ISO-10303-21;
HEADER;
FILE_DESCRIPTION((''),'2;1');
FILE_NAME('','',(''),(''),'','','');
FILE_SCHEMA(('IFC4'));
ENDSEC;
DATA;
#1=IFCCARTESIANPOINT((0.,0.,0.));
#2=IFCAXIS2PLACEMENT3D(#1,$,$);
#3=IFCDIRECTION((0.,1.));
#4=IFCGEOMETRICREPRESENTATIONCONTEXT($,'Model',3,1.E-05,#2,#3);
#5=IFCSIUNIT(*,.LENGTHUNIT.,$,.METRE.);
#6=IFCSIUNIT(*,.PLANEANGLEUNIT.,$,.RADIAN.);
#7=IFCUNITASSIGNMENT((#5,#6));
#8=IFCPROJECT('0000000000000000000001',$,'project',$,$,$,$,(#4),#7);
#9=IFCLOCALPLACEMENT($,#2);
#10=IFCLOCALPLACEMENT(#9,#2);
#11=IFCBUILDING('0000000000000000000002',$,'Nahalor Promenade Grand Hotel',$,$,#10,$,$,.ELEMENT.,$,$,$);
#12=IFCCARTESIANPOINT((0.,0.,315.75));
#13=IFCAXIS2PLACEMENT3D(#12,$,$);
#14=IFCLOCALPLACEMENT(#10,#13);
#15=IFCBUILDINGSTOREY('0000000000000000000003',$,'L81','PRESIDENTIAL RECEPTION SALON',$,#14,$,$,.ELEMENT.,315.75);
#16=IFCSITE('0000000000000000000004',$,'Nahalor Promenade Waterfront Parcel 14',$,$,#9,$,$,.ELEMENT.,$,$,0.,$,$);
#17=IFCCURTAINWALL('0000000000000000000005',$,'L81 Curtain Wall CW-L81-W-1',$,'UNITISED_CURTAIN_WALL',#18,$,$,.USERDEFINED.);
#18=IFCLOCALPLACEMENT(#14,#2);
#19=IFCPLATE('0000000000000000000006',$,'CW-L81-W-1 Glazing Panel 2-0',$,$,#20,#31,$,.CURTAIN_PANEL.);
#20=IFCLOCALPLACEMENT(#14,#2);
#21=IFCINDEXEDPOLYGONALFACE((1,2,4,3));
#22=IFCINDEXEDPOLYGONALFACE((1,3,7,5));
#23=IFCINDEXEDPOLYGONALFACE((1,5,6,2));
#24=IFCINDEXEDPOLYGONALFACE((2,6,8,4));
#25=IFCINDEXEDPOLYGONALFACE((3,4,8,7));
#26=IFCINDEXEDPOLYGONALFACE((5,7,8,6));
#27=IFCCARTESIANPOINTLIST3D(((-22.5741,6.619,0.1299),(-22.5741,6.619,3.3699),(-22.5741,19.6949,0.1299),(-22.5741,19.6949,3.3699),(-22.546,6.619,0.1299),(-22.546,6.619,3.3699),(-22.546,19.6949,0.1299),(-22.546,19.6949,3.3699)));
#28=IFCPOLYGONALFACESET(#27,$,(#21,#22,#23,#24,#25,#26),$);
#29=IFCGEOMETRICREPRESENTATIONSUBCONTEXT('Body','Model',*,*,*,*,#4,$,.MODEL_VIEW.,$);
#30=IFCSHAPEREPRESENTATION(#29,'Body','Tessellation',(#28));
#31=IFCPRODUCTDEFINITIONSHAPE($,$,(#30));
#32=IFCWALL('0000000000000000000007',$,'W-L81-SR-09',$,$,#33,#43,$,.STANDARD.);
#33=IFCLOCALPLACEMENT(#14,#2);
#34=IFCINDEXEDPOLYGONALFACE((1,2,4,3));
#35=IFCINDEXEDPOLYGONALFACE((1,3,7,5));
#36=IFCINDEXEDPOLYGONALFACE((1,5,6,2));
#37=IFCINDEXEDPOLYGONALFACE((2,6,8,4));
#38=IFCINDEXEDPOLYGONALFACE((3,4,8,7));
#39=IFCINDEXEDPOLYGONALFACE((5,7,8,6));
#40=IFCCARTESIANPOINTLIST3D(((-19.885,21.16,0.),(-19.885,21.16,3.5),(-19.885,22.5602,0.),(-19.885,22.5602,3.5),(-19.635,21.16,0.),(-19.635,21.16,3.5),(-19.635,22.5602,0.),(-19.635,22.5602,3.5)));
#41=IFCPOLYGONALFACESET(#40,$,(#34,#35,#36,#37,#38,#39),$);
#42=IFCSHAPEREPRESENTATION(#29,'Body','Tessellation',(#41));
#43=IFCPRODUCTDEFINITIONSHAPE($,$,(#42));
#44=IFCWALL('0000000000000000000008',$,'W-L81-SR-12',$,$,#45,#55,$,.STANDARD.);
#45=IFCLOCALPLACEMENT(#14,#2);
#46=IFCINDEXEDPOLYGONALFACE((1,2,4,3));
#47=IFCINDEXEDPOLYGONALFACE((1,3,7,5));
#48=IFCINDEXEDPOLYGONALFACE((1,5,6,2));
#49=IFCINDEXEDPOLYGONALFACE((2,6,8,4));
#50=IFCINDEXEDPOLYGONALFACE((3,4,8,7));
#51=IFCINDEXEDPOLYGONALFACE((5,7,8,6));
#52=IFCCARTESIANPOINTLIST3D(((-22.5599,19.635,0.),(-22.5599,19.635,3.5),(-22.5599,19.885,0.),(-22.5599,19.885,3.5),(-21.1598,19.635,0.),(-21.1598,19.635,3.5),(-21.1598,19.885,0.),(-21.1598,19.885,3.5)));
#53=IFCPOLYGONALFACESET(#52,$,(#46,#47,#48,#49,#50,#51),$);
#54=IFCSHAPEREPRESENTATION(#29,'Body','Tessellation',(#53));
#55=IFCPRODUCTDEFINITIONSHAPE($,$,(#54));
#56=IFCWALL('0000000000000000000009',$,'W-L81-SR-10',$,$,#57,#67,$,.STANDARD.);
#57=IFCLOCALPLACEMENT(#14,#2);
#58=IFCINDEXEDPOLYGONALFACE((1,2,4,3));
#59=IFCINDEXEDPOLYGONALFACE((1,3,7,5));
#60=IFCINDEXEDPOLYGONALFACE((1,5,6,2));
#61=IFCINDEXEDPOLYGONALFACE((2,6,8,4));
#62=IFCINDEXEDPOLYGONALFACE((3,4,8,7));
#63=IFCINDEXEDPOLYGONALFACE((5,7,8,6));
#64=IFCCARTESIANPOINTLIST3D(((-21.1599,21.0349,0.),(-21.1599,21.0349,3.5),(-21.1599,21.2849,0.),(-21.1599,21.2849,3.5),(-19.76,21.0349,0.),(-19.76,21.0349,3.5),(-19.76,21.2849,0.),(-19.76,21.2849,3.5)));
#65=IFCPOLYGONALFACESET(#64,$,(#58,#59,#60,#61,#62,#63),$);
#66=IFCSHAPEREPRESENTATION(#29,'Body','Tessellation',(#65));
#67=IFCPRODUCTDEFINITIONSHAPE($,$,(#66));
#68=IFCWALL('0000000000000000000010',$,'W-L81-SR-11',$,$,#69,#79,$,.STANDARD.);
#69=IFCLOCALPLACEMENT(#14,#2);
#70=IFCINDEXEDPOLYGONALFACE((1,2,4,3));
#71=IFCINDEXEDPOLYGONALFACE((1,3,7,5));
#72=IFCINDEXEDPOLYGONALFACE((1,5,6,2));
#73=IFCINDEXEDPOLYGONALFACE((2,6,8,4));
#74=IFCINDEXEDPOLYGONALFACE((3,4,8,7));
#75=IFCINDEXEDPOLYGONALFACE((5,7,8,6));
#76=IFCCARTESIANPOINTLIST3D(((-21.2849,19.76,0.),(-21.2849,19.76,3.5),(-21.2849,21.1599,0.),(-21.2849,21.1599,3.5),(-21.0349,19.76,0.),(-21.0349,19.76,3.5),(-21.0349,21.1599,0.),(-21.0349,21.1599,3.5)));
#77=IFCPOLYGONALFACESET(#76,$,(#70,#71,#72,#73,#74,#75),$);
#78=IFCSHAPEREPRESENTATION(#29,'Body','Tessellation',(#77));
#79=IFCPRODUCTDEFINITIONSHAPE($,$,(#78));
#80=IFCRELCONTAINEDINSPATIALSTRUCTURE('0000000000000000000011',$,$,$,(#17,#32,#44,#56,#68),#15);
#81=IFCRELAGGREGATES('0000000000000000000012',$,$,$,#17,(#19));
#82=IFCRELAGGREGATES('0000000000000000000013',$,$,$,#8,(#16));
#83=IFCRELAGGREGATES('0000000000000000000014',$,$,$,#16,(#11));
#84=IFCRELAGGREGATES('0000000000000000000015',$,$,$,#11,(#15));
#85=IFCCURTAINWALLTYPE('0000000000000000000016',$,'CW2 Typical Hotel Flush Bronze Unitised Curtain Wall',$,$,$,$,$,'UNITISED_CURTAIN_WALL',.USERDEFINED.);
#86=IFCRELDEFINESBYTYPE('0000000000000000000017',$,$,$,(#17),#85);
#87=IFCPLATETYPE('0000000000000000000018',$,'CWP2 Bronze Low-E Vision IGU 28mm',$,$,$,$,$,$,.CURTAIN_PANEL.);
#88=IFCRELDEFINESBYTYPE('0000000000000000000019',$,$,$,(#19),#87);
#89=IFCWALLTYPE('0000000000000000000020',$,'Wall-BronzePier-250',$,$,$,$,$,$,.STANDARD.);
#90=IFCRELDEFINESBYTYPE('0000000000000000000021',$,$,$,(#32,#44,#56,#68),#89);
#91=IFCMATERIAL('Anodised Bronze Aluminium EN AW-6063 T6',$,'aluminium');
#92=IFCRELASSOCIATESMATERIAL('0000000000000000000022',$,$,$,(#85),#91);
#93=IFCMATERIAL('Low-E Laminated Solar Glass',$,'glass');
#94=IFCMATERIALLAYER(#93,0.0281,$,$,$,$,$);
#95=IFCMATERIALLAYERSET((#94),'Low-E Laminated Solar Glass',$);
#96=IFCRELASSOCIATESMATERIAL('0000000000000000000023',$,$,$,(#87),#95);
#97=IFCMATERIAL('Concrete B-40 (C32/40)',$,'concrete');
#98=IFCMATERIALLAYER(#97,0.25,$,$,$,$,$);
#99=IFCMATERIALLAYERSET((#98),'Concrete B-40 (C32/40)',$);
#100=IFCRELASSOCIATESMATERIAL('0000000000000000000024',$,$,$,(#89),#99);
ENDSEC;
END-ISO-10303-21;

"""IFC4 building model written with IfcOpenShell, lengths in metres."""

from ifc_helpers import new_model, si_unit, direction, frame, frame_2d, origin, origin_2d, place, context, subcontext, project, spatial, rectangle, extrude, source, transform, mapped, material, layer, layer_set, type_object, element, aggregate, save


model = new_model("IFC4")

# Units and contexts
model_context = context("Model", 3, precision=1e-05, world=origin(), true_north=direction((0.0, 1.0)))
body_context = subcontext(model_context, "Body", "Model", "MODEL_VIEW")
ifc_project = project(units=[si_unit("LENGTHUNIT", "METRE"), si_unit("PLANEANGLEUNIT", "RADIAN")], contexts=[model_context])

# Site, building, storey
site_placement = place(None, origin())
site = spatial("IfcSite", under=ifc_project, at=site_placement, Name="Nahalor Promenade Waterfront Parcel 14", CompositionType="ELEMENT", RefElevation=0.0)
building_placement = place(site_placement, origin())
building = spatial("IfcBuilding", under=site, at=building_placement, Name="Nahalor Promenade Grand Hotel", CompositionType="ELEMENT")
storey_placement = place(building_placement, frame((0.0, 0.0, 315.75)))
storey = spatial("IfcBuildingStorey", under=building, at=storey_placement, Name="L81", Description="PRESIDENTIAL RECEPTION SALON", CompositionType="ELEMENT", Elevation=315.75)

# Shared definitions
ifc_material_1 = material(Name="Anodised Bronze Aluminium EN AW-6063 T6", Category="aluminium")
curtain_wall_type = type_object("IfcCurtainWallType", Name="CW2 Typical Hotel Flush Bronze Unitised Curtain Wall", ElementType="UNITISED_CURTAIN_WALL", PredefinedType="USERDEFINED", material=ifc_material_1)

# Curtain wall
curtain_wall_1_placement = place(storey_placement, origin())
curtain_wall_1 = element("IfcCurtainWall", 1, at=curtain_wall_1_placement, inside=storey, type_object=curtain_wall_type, Name="L81 Curtain Wall CW-L81-W-1", ObjectType="UNITISED_CURTAIN_WALL", PredefinedType="USERDEFINED")

# Plate
ifc_material_2 = material(Name="Low-E Laminated Solar Glass", Category="glass")
ifc_layer_1 = layer(ifc_material_2, 0.0281)
ifc_layer_set_1 = layer_set([ifc_layer_1], Name="Low-E Laminated Solar Glass")
plate_type = type_object("IfcPlateType", Name="CWP2 Bronze Low-E Vision IGU 28mm", PredefinedType="CURTAIN_PANEL", material=ifc_layer_set_1)
shared_shape_1 = source(origin(), body_context, "Body", "SweptSolid", [
    extrude(rectangle(XDim=13.0759, YDim=0.0281, at=origin_2d()), origin(), (0.0, 0.0, 1.0), 3.24),
])
plate_1_placement = place(storey_placement, frame((-22.5601, 13.157, 0.1299), z_axis=(0.0, 0.0, 1.0), x_axis=(0.0, 1.0, 0.0)))
plate_1 = element("IfcPlate", 2, at=plate_1_placement, type_object=plate_type, Name="CW-L81-W-1 Glazing Panel 2-0", PredefinedType="CURTAIN_PANEL", context=body_context, shape_type="MappedRepresentation", body=[
    mapped(shared_shape_1, transform((0.0, 0.0, 0.0), scale=1.0)),
])
aggregate(curtain_wall_1, [plate_1])

# Walls
ifc_material_3 = material(Name="Concrete B-40 (C32/40)", Category="concrete")
ifc_layer_2 = layer(ifc_material_3, 0.25)
ifc_layer_set_2 = layer_set([ifc_layer_2], Name="Concrete B-40 (C32/40)")
wall_type = type_object("IfcWallType", Name="Wall-BronzePier-250", PredefinedType="STANDARD", material=ifc_layer_set_2)
shared_shape_2 = source(origin(), body_context, "Body", "SweptSolid", [
    extrude(rectangle(XDim=1.4001, YDim=0.25, at=frame_2d((0.7002, 0.0))), origin(), (0.0, 0.0, 1.0), 3.5),
])
for number, where, z_axis, x_axis, name in (
    (3, (-19.76, 21.1599, 0.0), (0.0, 0.0, 1.0), (0.0, 1.0, 0.0), "W-L81-SR-09"),
    (4, (-22.5601, 19.76, 0.0), (0.0, 0.0, 1.0), (1.0, 0.0, 0.0), "W-L81-SR-12"),
):
    element("IfcWall", number, at=place(storey_placement, frame(where, z_axis=z_axis, x_axis=x_axis)), inside=storey, type_object=wall_type, Name=name, PredefinedType="STANDARD", context=body_context, shape_type="MappedRepresentation", body=[
        mapped(shared_shape_2, transform((0.0, 0.0, 0.0), scale=1.0)),
    ])
shared_shape_3 = source(origin(), body_context, "Body", "SweptSolid", [
    extrude(rectangle(XDim=1.3999, YDim=0.25, at=frame_2d((0.7, 0.0))), origin(), (0.0, 0.0, 1.0), 3.5),
])
for number, where, z_axis, x_axis, name in (
    (5, (-21.1599, 21.1599, 0.0), (0.0, 0.0, 1.0), (1.0, 0.0, 0.0), "W-L81-SR-10"),
    (6, (-21.1599, 19.76, 0.0), (0.0, 0.0, 1.0), (0.0, 1.0, 0.0), "W-L81-SR-11"),
):
    element("IfcWall", number, at=place(storey_placement, frame(where, z_axis=z_axis, x_axis=x_axis)), inside=storey, type_object=wall_type, Name=name, PredefinedType="STANDARD", context=body_context, shape_type="MappedRepresentation", body=[
        mapped(shared_shape_3, transform((0.0, 0.0, 0.0), scale=1.0)),
    ])

save(model, "model.ifc")
